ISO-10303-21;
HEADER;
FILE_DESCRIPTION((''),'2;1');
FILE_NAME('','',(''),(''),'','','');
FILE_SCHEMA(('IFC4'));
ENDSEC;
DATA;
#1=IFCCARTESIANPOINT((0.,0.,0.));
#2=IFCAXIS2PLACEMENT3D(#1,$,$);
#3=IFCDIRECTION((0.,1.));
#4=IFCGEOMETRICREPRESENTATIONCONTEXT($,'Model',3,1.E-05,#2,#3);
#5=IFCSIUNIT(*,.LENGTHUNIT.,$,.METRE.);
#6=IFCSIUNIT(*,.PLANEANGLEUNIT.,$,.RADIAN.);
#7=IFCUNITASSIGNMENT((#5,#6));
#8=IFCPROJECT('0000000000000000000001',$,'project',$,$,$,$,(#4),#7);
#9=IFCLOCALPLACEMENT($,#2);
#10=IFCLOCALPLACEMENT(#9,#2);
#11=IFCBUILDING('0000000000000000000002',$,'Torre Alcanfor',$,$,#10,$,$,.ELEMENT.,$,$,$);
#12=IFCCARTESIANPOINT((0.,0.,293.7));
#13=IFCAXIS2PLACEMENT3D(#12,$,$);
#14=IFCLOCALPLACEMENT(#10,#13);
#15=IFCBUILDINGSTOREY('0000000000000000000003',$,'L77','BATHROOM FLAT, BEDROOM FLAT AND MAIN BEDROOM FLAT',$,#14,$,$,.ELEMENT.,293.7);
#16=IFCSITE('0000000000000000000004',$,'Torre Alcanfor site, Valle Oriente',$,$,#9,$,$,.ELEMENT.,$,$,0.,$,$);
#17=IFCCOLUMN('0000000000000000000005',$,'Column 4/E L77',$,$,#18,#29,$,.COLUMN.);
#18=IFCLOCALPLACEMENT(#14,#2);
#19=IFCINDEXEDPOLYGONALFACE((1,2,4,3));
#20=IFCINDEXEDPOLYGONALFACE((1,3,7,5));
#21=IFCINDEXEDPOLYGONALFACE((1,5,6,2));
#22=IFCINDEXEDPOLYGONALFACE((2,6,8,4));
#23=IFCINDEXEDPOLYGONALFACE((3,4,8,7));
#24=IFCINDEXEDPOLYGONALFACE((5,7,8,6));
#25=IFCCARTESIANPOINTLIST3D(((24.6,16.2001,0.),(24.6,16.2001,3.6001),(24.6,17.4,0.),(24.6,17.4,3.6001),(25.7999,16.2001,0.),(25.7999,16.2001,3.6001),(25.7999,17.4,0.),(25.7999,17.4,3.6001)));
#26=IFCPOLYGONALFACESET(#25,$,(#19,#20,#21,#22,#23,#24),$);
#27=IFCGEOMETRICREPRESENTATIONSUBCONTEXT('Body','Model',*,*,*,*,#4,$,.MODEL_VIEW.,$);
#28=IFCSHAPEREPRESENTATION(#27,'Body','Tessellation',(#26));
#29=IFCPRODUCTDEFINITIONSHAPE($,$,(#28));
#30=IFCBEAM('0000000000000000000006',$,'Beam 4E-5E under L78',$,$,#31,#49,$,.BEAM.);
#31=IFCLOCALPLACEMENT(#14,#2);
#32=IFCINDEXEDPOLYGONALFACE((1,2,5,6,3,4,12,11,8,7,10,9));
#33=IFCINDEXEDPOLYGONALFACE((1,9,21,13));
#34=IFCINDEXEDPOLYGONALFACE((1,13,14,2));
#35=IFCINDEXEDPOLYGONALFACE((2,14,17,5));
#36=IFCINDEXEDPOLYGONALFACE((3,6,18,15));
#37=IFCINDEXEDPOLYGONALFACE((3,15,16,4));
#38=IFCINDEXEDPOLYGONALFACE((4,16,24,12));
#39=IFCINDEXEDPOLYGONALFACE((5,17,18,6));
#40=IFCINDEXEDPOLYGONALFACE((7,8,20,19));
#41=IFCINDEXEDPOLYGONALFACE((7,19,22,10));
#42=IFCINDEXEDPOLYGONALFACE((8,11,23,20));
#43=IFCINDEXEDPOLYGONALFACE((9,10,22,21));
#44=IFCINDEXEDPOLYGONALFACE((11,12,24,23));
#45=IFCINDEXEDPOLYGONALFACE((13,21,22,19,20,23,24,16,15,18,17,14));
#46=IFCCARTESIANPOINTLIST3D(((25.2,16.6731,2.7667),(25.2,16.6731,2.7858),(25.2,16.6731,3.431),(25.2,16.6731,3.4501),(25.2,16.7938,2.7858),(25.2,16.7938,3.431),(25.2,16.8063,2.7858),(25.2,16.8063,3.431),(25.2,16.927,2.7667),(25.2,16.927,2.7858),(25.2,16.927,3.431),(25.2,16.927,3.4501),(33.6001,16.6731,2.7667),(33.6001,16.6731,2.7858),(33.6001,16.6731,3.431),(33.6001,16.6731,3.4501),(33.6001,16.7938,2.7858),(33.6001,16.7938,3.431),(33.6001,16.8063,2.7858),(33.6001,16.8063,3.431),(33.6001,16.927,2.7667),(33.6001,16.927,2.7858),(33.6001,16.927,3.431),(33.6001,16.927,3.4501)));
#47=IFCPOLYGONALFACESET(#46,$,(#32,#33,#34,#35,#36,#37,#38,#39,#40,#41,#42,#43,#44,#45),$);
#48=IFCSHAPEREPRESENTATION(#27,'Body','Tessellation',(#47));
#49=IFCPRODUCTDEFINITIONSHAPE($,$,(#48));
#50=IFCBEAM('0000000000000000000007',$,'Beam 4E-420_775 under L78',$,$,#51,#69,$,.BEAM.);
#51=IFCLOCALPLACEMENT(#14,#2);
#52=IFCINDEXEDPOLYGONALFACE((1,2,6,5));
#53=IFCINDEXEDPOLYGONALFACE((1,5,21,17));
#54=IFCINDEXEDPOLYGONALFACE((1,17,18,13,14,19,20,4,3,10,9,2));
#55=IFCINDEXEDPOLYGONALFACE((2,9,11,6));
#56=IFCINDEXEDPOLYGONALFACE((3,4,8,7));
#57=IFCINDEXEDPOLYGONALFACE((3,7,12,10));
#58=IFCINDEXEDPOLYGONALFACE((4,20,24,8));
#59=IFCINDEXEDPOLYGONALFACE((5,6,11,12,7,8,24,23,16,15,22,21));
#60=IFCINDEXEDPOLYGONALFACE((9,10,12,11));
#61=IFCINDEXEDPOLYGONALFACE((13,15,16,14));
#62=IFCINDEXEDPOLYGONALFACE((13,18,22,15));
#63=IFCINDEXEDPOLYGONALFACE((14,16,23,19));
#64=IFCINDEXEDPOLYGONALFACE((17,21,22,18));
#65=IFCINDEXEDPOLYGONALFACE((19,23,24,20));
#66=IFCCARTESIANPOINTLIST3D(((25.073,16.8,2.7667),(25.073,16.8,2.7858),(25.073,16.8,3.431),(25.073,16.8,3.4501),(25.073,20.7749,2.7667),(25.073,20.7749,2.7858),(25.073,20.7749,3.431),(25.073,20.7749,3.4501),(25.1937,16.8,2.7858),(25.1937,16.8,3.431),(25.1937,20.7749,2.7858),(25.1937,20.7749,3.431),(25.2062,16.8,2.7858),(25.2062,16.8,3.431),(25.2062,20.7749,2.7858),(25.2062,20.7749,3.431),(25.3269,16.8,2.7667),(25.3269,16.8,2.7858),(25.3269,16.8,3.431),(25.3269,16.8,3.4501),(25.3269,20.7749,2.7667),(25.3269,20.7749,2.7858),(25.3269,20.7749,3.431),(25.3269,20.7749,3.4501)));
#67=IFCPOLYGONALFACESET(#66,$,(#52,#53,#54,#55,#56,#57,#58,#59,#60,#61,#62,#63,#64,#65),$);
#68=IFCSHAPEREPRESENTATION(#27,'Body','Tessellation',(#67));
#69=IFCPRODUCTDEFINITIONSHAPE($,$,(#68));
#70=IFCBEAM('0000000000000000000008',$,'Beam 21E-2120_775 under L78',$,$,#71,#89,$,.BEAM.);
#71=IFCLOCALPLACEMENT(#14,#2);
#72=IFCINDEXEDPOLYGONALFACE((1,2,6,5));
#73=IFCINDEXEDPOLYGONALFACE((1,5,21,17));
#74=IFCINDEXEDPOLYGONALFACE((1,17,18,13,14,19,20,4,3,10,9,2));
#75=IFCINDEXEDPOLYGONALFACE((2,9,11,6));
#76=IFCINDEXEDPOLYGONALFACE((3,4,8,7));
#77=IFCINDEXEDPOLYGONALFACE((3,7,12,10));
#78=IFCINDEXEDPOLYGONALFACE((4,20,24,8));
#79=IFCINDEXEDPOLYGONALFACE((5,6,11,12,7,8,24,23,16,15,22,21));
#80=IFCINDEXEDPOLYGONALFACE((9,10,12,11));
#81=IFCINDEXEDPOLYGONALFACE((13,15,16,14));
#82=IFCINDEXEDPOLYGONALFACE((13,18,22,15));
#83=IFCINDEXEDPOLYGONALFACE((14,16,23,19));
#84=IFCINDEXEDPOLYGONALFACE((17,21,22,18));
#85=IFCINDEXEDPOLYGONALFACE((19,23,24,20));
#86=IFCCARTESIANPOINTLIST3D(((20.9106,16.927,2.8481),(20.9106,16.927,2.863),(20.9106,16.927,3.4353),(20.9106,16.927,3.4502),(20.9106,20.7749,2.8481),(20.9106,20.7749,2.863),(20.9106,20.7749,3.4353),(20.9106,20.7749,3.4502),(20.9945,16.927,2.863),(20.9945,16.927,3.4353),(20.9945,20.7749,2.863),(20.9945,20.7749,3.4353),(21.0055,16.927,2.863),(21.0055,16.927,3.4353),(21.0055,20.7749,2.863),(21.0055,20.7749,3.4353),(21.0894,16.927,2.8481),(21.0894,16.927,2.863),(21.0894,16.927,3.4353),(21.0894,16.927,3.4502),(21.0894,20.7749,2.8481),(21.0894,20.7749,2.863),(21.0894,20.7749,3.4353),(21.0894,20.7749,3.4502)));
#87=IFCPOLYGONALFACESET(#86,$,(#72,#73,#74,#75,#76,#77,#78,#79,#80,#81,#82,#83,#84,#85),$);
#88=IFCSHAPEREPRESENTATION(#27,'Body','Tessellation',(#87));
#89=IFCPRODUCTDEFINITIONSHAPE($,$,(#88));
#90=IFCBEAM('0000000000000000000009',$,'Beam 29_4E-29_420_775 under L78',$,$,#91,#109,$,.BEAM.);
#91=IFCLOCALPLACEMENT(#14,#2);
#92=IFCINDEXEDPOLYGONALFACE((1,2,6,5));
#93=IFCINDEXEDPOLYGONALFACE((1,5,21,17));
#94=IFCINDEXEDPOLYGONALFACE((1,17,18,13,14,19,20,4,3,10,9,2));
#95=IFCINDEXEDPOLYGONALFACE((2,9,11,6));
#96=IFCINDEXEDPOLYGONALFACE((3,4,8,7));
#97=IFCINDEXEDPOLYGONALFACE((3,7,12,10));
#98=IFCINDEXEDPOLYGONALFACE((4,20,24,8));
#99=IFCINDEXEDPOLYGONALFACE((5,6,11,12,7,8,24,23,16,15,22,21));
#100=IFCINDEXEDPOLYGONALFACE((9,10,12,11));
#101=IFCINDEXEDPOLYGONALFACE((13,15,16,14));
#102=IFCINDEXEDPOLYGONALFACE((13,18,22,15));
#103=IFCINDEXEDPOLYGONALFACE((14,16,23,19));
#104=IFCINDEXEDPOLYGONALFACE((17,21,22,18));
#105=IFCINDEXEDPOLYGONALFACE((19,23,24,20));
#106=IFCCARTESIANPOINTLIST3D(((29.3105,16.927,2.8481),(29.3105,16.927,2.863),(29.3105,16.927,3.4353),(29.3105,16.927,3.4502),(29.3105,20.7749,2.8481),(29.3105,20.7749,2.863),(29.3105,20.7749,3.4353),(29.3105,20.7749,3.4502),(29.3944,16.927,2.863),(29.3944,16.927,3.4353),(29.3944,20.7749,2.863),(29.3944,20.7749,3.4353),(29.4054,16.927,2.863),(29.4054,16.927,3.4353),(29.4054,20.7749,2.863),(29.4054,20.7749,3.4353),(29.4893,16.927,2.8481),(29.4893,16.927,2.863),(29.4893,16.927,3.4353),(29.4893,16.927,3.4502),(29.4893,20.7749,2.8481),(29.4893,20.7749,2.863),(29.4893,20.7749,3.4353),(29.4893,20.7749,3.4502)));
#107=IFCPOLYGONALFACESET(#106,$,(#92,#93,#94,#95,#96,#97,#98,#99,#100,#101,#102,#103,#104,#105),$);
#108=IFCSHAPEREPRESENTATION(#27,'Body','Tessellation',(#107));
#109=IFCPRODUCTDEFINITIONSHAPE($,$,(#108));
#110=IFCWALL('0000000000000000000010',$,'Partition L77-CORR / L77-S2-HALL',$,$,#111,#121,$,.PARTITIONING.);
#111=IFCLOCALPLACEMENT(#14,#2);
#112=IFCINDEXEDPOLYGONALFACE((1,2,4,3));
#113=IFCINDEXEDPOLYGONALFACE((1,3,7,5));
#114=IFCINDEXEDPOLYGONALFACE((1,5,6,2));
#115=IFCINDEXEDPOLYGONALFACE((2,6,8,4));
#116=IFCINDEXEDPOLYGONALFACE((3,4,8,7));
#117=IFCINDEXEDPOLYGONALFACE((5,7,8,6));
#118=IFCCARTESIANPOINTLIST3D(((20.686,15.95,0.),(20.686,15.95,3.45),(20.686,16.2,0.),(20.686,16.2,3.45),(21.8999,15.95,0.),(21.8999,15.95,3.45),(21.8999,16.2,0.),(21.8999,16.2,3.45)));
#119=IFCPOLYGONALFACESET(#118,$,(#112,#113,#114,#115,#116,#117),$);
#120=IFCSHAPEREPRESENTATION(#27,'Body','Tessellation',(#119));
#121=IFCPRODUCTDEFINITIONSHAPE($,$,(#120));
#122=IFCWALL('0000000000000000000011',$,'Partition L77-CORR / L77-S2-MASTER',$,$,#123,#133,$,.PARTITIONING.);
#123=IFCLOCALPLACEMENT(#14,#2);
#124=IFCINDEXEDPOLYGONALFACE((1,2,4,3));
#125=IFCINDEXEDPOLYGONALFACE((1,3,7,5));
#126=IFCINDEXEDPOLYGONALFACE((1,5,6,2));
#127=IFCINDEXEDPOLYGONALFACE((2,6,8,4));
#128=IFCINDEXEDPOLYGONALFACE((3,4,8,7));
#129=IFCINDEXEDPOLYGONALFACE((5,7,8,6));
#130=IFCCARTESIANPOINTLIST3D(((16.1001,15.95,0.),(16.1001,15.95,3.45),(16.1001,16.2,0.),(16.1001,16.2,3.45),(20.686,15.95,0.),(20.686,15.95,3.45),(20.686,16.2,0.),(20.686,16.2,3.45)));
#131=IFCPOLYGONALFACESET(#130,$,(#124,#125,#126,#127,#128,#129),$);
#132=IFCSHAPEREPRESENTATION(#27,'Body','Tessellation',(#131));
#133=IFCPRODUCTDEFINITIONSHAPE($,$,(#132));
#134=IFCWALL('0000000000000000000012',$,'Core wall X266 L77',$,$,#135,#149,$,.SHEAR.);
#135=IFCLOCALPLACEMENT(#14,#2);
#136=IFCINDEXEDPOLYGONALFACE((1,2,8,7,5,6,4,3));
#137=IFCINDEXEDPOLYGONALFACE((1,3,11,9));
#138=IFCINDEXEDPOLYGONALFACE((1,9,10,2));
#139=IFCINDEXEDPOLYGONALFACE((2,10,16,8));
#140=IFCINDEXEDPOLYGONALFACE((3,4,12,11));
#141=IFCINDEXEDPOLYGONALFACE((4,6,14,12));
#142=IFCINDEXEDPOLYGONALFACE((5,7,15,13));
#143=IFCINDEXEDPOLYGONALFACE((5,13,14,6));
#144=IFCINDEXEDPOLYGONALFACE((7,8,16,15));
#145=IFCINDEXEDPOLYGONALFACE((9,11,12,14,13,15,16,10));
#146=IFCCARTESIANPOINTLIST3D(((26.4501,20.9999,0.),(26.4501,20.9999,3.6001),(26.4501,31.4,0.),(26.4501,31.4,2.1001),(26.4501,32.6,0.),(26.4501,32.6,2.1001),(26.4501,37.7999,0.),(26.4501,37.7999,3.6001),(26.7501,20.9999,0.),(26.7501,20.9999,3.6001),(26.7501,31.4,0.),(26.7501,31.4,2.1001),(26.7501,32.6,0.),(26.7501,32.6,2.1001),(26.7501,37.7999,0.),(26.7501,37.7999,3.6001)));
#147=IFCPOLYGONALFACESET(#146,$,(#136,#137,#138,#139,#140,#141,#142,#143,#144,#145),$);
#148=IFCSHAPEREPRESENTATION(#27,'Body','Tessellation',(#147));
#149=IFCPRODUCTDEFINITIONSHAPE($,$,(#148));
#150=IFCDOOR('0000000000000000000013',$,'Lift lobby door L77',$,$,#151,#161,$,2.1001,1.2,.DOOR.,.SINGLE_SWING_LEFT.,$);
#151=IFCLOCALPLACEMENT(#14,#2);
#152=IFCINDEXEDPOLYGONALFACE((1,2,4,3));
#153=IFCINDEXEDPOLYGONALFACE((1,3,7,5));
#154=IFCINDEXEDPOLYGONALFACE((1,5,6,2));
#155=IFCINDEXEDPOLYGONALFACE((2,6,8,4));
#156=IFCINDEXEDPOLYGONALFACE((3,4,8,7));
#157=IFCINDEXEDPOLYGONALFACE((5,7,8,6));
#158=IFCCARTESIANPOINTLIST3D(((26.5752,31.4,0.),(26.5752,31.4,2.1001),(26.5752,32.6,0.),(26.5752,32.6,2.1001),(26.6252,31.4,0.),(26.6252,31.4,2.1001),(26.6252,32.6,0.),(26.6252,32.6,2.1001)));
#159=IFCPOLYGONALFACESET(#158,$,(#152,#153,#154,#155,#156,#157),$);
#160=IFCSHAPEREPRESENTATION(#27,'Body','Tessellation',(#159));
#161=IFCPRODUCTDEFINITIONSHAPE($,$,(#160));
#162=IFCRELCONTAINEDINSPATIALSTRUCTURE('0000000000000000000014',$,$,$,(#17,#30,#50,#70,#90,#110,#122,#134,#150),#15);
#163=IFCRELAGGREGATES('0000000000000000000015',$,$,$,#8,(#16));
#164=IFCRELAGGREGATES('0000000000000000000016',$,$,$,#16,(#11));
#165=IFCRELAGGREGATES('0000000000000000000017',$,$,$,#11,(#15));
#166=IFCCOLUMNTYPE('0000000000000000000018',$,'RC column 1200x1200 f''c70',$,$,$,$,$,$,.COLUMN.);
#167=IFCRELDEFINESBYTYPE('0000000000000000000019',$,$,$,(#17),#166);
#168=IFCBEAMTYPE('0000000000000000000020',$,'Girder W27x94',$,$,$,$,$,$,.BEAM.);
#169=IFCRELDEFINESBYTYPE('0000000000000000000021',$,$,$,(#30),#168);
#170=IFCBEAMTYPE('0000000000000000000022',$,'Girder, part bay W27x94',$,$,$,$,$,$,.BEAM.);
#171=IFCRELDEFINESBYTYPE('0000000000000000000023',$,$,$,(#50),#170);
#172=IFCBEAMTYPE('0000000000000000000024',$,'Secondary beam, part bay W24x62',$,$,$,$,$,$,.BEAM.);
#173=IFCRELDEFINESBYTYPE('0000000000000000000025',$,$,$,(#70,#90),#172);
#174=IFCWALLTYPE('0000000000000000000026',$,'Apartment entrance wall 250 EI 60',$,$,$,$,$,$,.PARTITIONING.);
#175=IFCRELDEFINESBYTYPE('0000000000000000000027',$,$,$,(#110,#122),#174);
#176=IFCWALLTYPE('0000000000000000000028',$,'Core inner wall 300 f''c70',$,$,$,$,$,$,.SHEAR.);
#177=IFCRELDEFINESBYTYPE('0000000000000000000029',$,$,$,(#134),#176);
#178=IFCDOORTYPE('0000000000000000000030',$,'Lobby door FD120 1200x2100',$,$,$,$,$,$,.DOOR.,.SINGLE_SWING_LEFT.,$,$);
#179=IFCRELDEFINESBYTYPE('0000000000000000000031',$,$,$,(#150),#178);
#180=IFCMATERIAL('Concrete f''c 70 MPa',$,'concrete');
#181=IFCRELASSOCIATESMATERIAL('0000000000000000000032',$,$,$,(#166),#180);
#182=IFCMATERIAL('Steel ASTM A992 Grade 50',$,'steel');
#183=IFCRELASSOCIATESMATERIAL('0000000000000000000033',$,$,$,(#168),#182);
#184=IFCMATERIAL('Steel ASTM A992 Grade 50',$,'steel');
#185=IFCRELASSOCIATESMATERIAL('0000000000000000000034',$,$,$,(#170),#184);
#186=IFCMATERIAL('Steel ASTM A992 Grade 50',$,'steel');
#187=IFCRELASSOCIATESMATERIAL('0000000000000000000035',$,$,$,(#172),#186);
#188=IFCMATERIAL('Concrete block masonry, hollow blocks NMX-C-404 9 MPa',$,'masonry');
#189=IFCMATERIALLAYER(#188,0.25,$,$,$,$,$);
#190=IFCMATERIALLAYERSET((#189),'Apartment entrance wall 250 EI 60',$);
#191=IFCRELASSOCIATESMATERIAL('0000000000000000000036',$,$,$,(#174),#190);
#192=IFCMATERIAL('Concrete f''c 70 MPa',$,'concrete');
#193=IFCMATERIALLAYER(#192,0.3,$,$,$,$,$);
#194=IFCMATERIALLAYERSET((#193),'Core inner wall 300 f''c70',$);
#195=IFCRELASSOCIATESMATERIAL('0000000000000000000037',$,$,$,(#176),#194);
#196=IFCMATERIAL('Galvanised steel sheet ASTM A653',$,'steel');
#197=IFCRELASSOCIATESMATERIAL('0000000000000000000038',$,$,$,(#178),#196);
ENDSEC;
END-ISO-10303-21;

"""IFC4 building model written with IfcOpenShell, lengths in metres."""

from ifc_helpers import new_model, si_unit, direction, frame, frame_2d, origin, origin_2d, place, context, subcontext, project, spatial, rectangle, i_section, extrude, material, layer, layer_set, material_profile, profile_set, type_object, element, fill, save


model = new_model("IFC4")

# Units and contexts
model_context = context("Model", 3, precision=1e-05, world=origin(), true_north=direction((0.0, 1.0)))
body_context = subcontext(model_context, "Body", "Model", "MODEL_VIEW")
ifc_project = project(units=[si_unit("LENGTHUNIT", "METRE"), si_unit("PLANEANGLEUNIT", "RADIAN")], contexts=[model_context])

# Site, building, storey
site_placement = place(None, origin())
site = spatial("IfcSite", under=ifc_project, at=site_placement, Name="Torre Alcanfor site, Valle Oriente", CompositionType="ELEMENT", RefElevation=0.0)
building_placement = place(site_placement, origin())
building = spatial("IfcBuilding", under=site, at=building_placement, Name="Torre Alcanfor", CompositionType="ELEMENT")
storey_placement = place(building_placement, frame((0.0, 0.0, 293.7)))
storey = spatial("IfcBuildingStorey", under=building, at=storey_placement, Name="L77", Description="BATHROOM FLAT, BEDROOM FLAT AND MAIN BEDROOM FLAT", CompositionType="ELEMENT", Elevation=293.7)

# Column
ifc_material_1 = material(Name="Concrete f'c 70 MPa", Category="concrete")
ifc_material_profile_1 = material_profile(ifc_material_1, rectangle(XDim=1.2, YDim=1.2, at=origin_2d()), Name="1200x1200")
ifc_profile_set_1 = profile_set([ifc_material_profile_1], Name="Concrete f'c 70 MPa")
column_type = type_object("IfcColumnType", Name="RC column 1200x1200 f'c70", PredefinedType="COLUMN", material=ifc_profile_set_1)
column_placement = place(storey_placement, frame((25.2, 16.8, 0.0), z_axis=(0.0, 0.0, 1.0), x_axis=(1.0, 0.0, 0.0)))
element("IfcColumn", 1, at=column_placement, inside=storey, type_object=column_type, Name="Column 4/E L77", PredefinedType="COLUMN", context=body_context, shape_type="SweptSolid", body=[
    extrude(rectangle(XDim=1.2, YDim=1.2, at=origin_2d()), origin(), (0.0, 0.0, 1.0), 3.6001),
])

# Beams
ifc_material_2 = material(Name="Steel ASTM A992 Grade 50", Category="steel")
ifc_material_profile_2 = material_profile(ifc_material_2, i_section(OverallWidth=0.2539, OverallDepth=0.6833, WebThickness=0.0125, FlangeThickness=0.019, at=origin_2d()), Name="W27x94")
ifc_profile_set_2 = profile_set([ifc_material_profile_2], Name="Steel ASTM A992 Grade 50")
beam_type_1 = type_object("IfcBeamType", Name="Girder W27x94", PredefinedType="BEAM", material=ifc_profile_set_2)
beam_1_placement = place(storey_placement, frame((25.2, 16.8, 3.1084), z_axis=(1.0, 0.0, 0.0), x_axis=(0.0, 1.0, 0.0)))
element("IfcBeam", 2, at=beam_1_placement, inside=storey, type_object=beam_type_1, Name="Beam 4E-5E under L78", PredefinedType="BEAM", context=body_context, shape_type="SweptSolid", body=[
    extrude(i_section(OverallWidth=0.2539, OverallDepth=0.6833, WebThickness=0.0125, FlangeThickness=0.019, at=origin_2d()), origin(), (0.0, 0.0, 1.0), 8.4001),
])
ifc_material_3 = material(Name="Steel ASTM A992 Grade 50", Category="steel")
ifc_material_profile_3 = material_profile(ifc_material_3, i_section(OverallWidth=0.2539, OverallDepth=0.6833, WebThickness=0.0125, FlangeThickness=0.019, at=origin_2d()), Name="W27x94")
ifc_profile_set_3 = profile_set([ifc_material_profile_3], Name="Steel ASTM A992 Grade 50")
beam_type_2 = type_object("IfcBeamType", Name="Girder, part bay W27x94", PredefinedType="BEAM", material=ifc_profile_set_3)
beam_2_placement = place(storey_placement, frame((25.2, 16.8, 3.1084), z_axis=(0.0, 1.0, 0.0), x_axis=(-1.0, 0.0, 0.0)))
element("IfcBeam", 3, at=beam_2_placement, inside=storey, type_object=beam_type_2, Name="Beam 4E-420_775 under L78", PredefinedType="BEAM", context=body_context, shape_type="SweptSolid", body=[
    extrude(i_section(OverallWidth=0.2539, OverallDepth=0.6833, WebThickness=0.0125, FlangeThickness=0.019, at=origin_2d()), origin(), (0.0, 0.0, 1.0), 3.9749),
])
ifc_material_4 = material(Name="Steel ASTM A992 Grade 50", Category="steel")
ifc_material_profile_4 = material_profile(ifc_material_4, i_section(OverallWidth=0.1787, OverallDepth=0.6021, WebThickness=0.011, FlangeThickness=0.0149, at=origin_2d()), Name="W24x62")
ifc_profile_set_4 = profile_set([ifc_material_profile_4], Name="Steel ASTM A992 Grade 50")
beam_type_3 = type_object("IfcBeamType", Name="Secondary beam, part bay W24x62", PredefinedType="BEAM", material=ifc_profile_set_4)
for number, where, z_axis, x_axis, name in (
    (4, (21.0, 16.927, 3.1492), (0.0, 1.0, 0.0), (-1.0, 0.0, 0.0), "Beam 21E-2120_775 under L78"),
    (5, (29.3999, 16.927, 3.1492), (0.0, 1.0, 0.0), (-1.0, 0.0, 0.0), "Beam 29_4E-29_420_775 under L78"),
):
    element("IfcBeam", number, at=place(storey_placement, frame(where, z_axis=z_axis, x_axis=x_axis)), inside=storey, type_object=beam_type_3, Name=name, PredefinedType="BEAM", context=body_context, shape_type="SweptSolid", body=[
        extrude(i_section(OverallWidth=0.1787, OverallDepth=0.6021, WebThickness=0.011, FlangeThickness=0.0149, at=origin_2d()), origin(), (0.0, 0.0, 1.0), 3.8479),
    ])

# Walls
ifc_material_5 = material(Name="Concrete block masonry, hollow blocks NMX-C-404 9 MPa", Category="masonry")
ifc_layer_1 = layer(ifc_material_5, 0.25)
ifc_layer_set_1 = layer_set([ifc_layer_1], Name="Apartment entrance wall 250 EI 60")
wall_type_1 = type_object("IfcWallType", Name="Apartment entrance wall 250 EI 60", PredefinedType="PARTITIONING", material=ifc_layer_set_1)
wall_1_placement = place(storey_placement, frame((21.8999, 16.075, 0.0), z_axis=(0.0, 0.0, 1.0), x_axis=(-1.0, 0.0, 0.0)))
element("IfcWall", 6, at=wall_1_placement, inside=storey, type_object=wall_type_1, Name="Partition L77-CORR / L77-S2-HALL", PredefinedType="PARTITIONING", context=body_context, shape_type="SweptSolid", body=[
    extrude(rectangle(XDim=1.2139, YDim=0.25, at=frame_2d((0.6069, 0.0))), origin(), (0.0, 0.0, 1.0), 3.45),
])
wall_2_placement = place(storey_placement, frame((20.686, 16.075, 0.0), z_axis=(0.0, 0.0, 1.0), x_axis=(-1.0, 0.0, 0.0)))
element("IfcWall", 7, at=wall_2_placement, inside=storey, type_object=wall_type_1, Name="Partition L77-CORR / L77-S2-MASTER", PredefinedType="PARTITIONING", context=body_context, shape_type="SweptSolid", body=[
    extrude(rectangle(XDim=4.5859, YDim=0.25, at=frame_2d((2.293, 0.0))), origin(), (0.0, 0.0, 1.0), 3.45),
])

# Wall, opening, door
ifc_material_6 = material(Name="Concrete f'c 70 MPa", Category="concrete")
ifc_layer_2 = layer(ifc_material_6, 0.3)
ifc_layer_set_2 = layer_set([ifc_layer_2], Name="Core inner wall 300 f'c70")
wall_type_2 = type_object("IfcWallType", Name="Core inner wall 300 f'c70", PredefinedType="SHEAR", material=ifc_layer_set_2)
wall_3_placement = place(storey_placement, frame((26.6001, 21.0, 0.0), z_axis=(0.0, 0.0, 1.0), x_axis=(0.0, 1.0, 0.0)))
wall_3 = element("IfcWall", 8, at=wall_3_placement, inside=storey, type_object=wall_type_2, Name="Core wall X266 L77", PredefinedType="SHEAR", context=body_context, shape_type="SweptSolid", body=[
    extrude(rectangle(XDim=16.8, YDim=0.3, at=frame_2d((8.3999, 0.0))), origin(), (0.0, 0.0, 1.0), 3.6001),
])
opening_1_placement = place(wall_3_placement, frame((10.3999, 0.0, 0.0)))
opening_1 = element("IfcOpeningElement", 9, at=opening_1_placement, cuts=wall_3, PredefinedType="OPENING", context=body_context, shape_type="SweptSolid", body=[
    extrude(rectangle(XDim=1.2, YDim=2.1001, at=frame_2d((0.6001, 1.05))), frame((0.0, 0.1599, 0.0), z_axis=(0.0, -1.0, 0.0), x_axis=(1.0, 0.0, 0.0)), (0.0, 0.0, 1.0), 0.3201),
])
ifc_material_7 = material(Name="Galvanised steel sheet ASTM A653", Category="steel")
door_type_1 = type_object("IfcDoorType", Name="Lobby door FD120 1200x2100", OperationType="SINGLE_SWING_LEFT", PredefinedType="DOOR", material=ifc_material_7)
door_1_placement = place(opening_1_placement, origin())
door_1 = element("IfcDoor", 10, at=door_1_placement, inside=storey, type_object=door_type_1, Name="Lift lobby door L77", OperationType="SINGLE_SWING_LEFT", OverallHeight=2.1001, OverallWidth=1.2, PredefinedType="DOOR", context=body_context, shape_type="SweptSolid", body=[
    extrude(rectangle(XDim=1.2, YDim=2.1001, at=frame_2d((0.6001, 1.05))), frame((0.0, 0.0249, 0.0), z_axis=(0.0, -1.0, 0.0), x_axis=(1.0, 0.0, 0.0)), (0.0, 0.0, 1.0), 0.05),
])
fill(opening_1, door_1)

save(model, "model.ifc")
